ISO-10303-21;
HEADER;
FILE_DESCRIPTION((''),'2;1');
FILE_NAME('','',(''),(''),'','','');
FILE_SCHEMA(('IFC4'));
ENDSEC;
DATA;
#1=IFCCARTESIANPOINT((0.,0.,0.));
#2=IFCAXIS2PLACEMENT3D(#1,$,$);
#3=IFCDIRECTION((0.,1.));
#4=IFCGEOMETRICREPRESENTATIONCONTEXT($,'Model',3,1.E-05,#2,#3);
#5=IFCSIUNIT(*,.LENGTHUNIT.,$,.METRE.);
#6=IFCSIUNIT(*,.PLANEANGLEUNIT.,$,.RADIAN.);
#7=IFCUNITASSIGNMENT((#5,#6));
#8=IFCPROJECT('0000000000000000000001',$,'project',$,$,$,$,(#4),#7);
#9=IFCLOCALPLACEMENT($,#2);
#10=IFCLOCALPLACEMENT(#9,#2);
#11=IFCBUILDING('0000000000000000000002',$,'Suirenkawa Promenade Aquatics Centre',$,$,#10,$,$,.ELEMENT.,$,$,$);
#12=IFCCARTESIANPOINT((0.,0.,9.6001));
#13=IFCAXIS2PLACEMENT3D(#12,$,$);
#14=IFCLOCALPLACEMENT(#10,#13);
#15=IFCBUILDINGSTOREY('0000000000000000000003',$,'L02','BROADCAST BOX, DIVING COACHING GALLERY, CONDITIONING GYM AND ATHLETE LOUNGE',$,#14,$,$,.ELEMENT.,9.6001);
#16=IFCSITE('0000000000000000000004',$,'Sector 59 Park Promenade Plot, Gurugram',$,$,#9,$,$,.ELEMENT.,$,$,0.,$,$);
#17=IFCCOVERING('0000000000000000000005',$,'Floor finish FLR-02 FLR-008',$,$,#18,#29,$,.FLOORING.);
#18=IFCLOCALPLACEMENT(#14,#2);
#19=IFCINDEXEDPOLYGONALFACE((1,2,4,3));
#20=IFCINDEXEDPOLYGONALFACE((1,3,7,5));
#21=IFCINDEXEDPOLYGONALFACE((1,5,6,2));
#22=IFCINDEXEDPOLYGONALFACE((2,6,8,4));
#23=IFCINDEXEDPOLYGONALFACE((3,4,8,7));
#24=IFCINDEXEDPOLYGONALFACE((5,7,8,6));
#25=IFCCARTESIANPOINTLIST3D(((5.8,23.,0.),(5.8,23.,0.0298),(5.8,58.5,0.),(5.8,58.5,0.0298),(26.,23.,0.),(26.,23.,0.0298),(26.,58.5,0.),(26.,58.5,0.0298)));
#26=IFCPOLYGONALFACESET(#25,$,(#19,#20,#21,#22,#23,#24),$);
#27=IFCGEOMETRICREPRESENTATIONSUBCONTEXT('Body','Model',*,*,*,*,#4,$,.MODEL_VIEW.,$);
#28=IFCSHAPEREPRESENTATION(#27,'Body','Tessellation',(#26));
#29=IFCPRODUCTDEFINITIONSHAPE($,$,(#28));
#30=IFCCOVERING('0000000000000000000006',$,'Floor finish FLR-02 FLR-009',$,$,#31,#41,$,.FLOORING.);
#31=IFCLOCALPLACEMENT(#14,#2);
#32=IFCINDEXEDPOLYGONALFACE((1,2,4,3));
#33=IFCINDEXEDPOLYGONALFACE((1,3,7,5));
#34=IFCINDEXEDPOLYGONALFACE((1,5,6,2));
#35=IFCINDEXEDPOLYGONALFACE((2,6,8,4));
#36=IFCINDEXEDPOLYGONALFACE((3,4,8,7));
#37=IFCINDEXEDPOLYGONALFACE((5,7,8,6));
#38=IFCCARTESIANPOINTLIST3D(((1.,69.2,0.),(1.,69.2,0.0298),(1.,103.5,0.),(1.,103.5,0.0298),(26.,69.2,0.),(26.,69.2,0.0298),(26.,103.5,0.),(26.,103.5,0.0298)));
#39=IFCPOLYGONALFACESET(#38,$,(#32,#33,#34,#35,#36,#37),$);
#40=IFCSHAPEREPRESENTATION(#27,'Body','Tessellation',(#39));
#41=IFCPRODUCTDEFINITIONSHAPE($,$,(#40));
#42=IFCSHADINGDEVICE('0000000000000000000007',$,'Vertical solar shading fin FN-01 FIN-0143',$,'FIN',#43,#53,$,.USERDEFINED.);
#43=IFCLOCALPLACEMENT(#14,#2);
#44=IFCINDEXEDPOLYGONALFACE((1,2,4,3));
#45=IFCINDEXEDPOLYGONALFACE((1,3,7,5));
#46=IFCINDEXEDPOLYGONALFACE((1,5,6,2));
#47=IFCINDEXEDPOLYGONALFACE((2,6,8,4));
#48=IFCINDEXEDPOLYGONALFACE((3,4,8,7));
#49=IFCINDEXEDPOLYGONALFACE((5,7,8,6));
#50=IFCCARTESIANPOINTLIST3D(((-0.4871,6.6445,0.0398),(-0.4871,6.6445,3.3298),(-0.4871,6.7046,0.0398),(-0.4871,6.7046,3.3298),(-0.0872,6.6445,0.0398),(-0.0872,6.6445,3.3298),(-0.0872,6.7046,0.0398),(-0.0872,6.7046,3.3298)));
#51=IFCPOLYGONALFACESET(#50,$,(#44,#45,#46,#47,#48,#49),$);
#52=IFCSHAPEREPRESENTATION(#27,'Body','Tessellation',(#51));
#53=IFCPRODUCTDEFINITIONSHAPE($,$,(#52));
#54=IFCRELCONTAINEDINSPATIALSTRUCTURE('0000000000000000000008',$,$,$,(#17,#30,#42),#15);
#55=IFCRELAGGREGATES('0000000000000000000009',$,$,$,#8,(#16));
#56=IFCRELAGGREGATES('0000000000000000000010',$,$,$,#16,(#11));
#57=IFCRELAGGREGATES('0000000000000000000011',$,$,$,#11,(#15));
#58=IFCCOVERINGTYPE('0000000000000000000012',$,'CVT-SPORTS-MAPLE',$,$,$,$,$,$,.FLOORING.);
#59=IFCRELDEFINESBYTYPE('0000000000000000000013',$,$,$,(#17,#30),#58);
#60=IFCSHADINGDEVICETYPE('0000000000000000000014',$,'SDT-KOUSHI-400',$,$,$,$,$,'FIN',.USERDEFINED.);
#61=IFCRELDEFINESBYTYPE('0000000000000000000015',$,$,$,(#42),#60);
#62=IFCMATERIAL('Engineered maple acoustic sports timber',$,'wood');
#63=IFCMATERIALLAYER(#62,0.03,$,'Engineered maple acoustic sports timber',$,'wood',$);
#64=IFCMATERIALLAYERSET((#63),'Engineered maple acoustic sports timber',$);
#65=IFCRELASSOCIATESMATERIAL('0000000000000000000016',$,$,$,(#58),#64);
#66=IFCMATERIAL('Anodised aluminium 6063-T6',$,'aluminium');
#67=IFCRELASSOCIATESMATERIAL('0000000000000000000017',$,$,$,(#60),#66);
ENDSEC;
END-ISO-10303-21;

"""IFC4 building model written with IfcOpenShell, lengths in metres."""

from ifc_helpers import new_model, si_unit, direction, frame, origin, origin_2d, place, context, subcontext, project, spatial, polyline, rectangle, outline, extrude, material, layer, layer_set, type_object, element, save


model = new_model("IFC4")

# Units and contexts
model_context = context("Model", 3, precision=1e-05, world=origin(), true_north=direction((0.0, 1.0)))
body_context = subcontext(model_context, "Body", "Model", "MODEL_VIEW")
ifc_project = project(units=[si_unit("LENGTHUNIT", "METRE"), si_unit("PLANEANGLEUNIT", "RADIAN")], contexts=[model_context])

# Site, building, storey
site_placement = place(None, origin())
site = spatial("IfcSite", under=ifc_project, at=site_placement, Name="Sector 59 Park Promenade Plot, Gurugram", CompositionType="ELEMENT", RefElevation=0.0)
building_placement = place(site_placement, origin())
building = spatial("IfcBuilding", under=site, at=building_placement, Name="Suirenkawa Promenade Aquatics Centre", CompositionType="ELEMENT")
storey_placement = place(building_placement, frame((0.0, 0.0, 9.6001)))
storey = spatial("IfcBuildingStorey", under=building, at=storey_placement, Name="L02", Description="BROADCAST BOX, DIVING COACHING GALLERY, CONDITIONING GYM AND ATHLETE LOUNGE", CompositionType="ELEMENT", Elevation=9.6001)

# Shared definitions
ifc_material_1 = material(Name="Anodised aluminium 6063-T6", Category="aluminium")

# Coverings
ifc_material_2 = material(Name="Engineered maple acoustic sports timber", Category="wood")
ifc_layer_1 = layer(ifc_material_2, 0.03, Name="Engineered maple acoustic sports timber", Category="wood")
ifc_layer_set_1 = layer_set([ifc_layer_1], Name="Engineered maple acoustic sports timber")
covering_type_1 = type_object("IfcCoveringType", Name="CVT-SPORTS-MAPLE", PredefinedType="FLOORING", material=ifc_layer_set_1)
covering_1_placement = place(storey_placement, origin())
element("IfcCovering", 1, at=covering_1_placement, inside=storey, type_object=covering_type_1, Name="Floor finish FLR-02 FLR-008", PredefinedType="FLOORING", context=body_context, shape_type="SweptSolid", body=[
    extrude(outline(polyline([(5.8, 23.0), (26.0, 23.0), (26.0, 58.5), (5.8, 58.5), (5.8, 23.0)])), origin(), (0.0, 0.0, 1.0), 0.0298),
])
covering_2_placement = place(storey_placement, origin())
element("IfcCovering", 2, at=covering_2_placement, inside=storey, type_object=covering_type_1, Name="Floor finish FLR-02 FLR-009", PredefinedType="FLOORING", context=body_context, shape_type="SweptSolid", body=[
    extrude(outline(polyline([(1.0, 69.2), (26.0, 69.2), (26.0, 103.5), (1.0, 103.5), (1.0, 69.2)])), origin(), (0.0, 0.0, 1.0), 0.0298),
])

# Shading device
shading_device_type = type_object("IfcShadingDeviceType", Name="SDT-KOUSHI-400", ElementType="FIN", PredefinedType="USERDEFINED", material=ifc_material_1)
shading_device_placement = place(storey_placement, frame((-0.2871, 6.6746, 0.0398), z_axis=(0.0, 0.0, 1.0), x_axis=(-1.0, 0.0, 0.0)))
element("IfcShadingDevice", 3, at=shading_device_placement, inside=storey, type_object=shading_device_type, Name="Vertical solar shading fin FN-01 FIN-0143", ObjectType="FIN", PredefinedType="USERDEFINED", context=body_context, shape_type="SweptSolid", body=[
    extrude(rectangle(XDim=0.3999, YDim=0.0601, at=origin_2d()), origin(), (0.0, 0.0, 1.0), 3.29),
])

save(model, "model.ifc")
